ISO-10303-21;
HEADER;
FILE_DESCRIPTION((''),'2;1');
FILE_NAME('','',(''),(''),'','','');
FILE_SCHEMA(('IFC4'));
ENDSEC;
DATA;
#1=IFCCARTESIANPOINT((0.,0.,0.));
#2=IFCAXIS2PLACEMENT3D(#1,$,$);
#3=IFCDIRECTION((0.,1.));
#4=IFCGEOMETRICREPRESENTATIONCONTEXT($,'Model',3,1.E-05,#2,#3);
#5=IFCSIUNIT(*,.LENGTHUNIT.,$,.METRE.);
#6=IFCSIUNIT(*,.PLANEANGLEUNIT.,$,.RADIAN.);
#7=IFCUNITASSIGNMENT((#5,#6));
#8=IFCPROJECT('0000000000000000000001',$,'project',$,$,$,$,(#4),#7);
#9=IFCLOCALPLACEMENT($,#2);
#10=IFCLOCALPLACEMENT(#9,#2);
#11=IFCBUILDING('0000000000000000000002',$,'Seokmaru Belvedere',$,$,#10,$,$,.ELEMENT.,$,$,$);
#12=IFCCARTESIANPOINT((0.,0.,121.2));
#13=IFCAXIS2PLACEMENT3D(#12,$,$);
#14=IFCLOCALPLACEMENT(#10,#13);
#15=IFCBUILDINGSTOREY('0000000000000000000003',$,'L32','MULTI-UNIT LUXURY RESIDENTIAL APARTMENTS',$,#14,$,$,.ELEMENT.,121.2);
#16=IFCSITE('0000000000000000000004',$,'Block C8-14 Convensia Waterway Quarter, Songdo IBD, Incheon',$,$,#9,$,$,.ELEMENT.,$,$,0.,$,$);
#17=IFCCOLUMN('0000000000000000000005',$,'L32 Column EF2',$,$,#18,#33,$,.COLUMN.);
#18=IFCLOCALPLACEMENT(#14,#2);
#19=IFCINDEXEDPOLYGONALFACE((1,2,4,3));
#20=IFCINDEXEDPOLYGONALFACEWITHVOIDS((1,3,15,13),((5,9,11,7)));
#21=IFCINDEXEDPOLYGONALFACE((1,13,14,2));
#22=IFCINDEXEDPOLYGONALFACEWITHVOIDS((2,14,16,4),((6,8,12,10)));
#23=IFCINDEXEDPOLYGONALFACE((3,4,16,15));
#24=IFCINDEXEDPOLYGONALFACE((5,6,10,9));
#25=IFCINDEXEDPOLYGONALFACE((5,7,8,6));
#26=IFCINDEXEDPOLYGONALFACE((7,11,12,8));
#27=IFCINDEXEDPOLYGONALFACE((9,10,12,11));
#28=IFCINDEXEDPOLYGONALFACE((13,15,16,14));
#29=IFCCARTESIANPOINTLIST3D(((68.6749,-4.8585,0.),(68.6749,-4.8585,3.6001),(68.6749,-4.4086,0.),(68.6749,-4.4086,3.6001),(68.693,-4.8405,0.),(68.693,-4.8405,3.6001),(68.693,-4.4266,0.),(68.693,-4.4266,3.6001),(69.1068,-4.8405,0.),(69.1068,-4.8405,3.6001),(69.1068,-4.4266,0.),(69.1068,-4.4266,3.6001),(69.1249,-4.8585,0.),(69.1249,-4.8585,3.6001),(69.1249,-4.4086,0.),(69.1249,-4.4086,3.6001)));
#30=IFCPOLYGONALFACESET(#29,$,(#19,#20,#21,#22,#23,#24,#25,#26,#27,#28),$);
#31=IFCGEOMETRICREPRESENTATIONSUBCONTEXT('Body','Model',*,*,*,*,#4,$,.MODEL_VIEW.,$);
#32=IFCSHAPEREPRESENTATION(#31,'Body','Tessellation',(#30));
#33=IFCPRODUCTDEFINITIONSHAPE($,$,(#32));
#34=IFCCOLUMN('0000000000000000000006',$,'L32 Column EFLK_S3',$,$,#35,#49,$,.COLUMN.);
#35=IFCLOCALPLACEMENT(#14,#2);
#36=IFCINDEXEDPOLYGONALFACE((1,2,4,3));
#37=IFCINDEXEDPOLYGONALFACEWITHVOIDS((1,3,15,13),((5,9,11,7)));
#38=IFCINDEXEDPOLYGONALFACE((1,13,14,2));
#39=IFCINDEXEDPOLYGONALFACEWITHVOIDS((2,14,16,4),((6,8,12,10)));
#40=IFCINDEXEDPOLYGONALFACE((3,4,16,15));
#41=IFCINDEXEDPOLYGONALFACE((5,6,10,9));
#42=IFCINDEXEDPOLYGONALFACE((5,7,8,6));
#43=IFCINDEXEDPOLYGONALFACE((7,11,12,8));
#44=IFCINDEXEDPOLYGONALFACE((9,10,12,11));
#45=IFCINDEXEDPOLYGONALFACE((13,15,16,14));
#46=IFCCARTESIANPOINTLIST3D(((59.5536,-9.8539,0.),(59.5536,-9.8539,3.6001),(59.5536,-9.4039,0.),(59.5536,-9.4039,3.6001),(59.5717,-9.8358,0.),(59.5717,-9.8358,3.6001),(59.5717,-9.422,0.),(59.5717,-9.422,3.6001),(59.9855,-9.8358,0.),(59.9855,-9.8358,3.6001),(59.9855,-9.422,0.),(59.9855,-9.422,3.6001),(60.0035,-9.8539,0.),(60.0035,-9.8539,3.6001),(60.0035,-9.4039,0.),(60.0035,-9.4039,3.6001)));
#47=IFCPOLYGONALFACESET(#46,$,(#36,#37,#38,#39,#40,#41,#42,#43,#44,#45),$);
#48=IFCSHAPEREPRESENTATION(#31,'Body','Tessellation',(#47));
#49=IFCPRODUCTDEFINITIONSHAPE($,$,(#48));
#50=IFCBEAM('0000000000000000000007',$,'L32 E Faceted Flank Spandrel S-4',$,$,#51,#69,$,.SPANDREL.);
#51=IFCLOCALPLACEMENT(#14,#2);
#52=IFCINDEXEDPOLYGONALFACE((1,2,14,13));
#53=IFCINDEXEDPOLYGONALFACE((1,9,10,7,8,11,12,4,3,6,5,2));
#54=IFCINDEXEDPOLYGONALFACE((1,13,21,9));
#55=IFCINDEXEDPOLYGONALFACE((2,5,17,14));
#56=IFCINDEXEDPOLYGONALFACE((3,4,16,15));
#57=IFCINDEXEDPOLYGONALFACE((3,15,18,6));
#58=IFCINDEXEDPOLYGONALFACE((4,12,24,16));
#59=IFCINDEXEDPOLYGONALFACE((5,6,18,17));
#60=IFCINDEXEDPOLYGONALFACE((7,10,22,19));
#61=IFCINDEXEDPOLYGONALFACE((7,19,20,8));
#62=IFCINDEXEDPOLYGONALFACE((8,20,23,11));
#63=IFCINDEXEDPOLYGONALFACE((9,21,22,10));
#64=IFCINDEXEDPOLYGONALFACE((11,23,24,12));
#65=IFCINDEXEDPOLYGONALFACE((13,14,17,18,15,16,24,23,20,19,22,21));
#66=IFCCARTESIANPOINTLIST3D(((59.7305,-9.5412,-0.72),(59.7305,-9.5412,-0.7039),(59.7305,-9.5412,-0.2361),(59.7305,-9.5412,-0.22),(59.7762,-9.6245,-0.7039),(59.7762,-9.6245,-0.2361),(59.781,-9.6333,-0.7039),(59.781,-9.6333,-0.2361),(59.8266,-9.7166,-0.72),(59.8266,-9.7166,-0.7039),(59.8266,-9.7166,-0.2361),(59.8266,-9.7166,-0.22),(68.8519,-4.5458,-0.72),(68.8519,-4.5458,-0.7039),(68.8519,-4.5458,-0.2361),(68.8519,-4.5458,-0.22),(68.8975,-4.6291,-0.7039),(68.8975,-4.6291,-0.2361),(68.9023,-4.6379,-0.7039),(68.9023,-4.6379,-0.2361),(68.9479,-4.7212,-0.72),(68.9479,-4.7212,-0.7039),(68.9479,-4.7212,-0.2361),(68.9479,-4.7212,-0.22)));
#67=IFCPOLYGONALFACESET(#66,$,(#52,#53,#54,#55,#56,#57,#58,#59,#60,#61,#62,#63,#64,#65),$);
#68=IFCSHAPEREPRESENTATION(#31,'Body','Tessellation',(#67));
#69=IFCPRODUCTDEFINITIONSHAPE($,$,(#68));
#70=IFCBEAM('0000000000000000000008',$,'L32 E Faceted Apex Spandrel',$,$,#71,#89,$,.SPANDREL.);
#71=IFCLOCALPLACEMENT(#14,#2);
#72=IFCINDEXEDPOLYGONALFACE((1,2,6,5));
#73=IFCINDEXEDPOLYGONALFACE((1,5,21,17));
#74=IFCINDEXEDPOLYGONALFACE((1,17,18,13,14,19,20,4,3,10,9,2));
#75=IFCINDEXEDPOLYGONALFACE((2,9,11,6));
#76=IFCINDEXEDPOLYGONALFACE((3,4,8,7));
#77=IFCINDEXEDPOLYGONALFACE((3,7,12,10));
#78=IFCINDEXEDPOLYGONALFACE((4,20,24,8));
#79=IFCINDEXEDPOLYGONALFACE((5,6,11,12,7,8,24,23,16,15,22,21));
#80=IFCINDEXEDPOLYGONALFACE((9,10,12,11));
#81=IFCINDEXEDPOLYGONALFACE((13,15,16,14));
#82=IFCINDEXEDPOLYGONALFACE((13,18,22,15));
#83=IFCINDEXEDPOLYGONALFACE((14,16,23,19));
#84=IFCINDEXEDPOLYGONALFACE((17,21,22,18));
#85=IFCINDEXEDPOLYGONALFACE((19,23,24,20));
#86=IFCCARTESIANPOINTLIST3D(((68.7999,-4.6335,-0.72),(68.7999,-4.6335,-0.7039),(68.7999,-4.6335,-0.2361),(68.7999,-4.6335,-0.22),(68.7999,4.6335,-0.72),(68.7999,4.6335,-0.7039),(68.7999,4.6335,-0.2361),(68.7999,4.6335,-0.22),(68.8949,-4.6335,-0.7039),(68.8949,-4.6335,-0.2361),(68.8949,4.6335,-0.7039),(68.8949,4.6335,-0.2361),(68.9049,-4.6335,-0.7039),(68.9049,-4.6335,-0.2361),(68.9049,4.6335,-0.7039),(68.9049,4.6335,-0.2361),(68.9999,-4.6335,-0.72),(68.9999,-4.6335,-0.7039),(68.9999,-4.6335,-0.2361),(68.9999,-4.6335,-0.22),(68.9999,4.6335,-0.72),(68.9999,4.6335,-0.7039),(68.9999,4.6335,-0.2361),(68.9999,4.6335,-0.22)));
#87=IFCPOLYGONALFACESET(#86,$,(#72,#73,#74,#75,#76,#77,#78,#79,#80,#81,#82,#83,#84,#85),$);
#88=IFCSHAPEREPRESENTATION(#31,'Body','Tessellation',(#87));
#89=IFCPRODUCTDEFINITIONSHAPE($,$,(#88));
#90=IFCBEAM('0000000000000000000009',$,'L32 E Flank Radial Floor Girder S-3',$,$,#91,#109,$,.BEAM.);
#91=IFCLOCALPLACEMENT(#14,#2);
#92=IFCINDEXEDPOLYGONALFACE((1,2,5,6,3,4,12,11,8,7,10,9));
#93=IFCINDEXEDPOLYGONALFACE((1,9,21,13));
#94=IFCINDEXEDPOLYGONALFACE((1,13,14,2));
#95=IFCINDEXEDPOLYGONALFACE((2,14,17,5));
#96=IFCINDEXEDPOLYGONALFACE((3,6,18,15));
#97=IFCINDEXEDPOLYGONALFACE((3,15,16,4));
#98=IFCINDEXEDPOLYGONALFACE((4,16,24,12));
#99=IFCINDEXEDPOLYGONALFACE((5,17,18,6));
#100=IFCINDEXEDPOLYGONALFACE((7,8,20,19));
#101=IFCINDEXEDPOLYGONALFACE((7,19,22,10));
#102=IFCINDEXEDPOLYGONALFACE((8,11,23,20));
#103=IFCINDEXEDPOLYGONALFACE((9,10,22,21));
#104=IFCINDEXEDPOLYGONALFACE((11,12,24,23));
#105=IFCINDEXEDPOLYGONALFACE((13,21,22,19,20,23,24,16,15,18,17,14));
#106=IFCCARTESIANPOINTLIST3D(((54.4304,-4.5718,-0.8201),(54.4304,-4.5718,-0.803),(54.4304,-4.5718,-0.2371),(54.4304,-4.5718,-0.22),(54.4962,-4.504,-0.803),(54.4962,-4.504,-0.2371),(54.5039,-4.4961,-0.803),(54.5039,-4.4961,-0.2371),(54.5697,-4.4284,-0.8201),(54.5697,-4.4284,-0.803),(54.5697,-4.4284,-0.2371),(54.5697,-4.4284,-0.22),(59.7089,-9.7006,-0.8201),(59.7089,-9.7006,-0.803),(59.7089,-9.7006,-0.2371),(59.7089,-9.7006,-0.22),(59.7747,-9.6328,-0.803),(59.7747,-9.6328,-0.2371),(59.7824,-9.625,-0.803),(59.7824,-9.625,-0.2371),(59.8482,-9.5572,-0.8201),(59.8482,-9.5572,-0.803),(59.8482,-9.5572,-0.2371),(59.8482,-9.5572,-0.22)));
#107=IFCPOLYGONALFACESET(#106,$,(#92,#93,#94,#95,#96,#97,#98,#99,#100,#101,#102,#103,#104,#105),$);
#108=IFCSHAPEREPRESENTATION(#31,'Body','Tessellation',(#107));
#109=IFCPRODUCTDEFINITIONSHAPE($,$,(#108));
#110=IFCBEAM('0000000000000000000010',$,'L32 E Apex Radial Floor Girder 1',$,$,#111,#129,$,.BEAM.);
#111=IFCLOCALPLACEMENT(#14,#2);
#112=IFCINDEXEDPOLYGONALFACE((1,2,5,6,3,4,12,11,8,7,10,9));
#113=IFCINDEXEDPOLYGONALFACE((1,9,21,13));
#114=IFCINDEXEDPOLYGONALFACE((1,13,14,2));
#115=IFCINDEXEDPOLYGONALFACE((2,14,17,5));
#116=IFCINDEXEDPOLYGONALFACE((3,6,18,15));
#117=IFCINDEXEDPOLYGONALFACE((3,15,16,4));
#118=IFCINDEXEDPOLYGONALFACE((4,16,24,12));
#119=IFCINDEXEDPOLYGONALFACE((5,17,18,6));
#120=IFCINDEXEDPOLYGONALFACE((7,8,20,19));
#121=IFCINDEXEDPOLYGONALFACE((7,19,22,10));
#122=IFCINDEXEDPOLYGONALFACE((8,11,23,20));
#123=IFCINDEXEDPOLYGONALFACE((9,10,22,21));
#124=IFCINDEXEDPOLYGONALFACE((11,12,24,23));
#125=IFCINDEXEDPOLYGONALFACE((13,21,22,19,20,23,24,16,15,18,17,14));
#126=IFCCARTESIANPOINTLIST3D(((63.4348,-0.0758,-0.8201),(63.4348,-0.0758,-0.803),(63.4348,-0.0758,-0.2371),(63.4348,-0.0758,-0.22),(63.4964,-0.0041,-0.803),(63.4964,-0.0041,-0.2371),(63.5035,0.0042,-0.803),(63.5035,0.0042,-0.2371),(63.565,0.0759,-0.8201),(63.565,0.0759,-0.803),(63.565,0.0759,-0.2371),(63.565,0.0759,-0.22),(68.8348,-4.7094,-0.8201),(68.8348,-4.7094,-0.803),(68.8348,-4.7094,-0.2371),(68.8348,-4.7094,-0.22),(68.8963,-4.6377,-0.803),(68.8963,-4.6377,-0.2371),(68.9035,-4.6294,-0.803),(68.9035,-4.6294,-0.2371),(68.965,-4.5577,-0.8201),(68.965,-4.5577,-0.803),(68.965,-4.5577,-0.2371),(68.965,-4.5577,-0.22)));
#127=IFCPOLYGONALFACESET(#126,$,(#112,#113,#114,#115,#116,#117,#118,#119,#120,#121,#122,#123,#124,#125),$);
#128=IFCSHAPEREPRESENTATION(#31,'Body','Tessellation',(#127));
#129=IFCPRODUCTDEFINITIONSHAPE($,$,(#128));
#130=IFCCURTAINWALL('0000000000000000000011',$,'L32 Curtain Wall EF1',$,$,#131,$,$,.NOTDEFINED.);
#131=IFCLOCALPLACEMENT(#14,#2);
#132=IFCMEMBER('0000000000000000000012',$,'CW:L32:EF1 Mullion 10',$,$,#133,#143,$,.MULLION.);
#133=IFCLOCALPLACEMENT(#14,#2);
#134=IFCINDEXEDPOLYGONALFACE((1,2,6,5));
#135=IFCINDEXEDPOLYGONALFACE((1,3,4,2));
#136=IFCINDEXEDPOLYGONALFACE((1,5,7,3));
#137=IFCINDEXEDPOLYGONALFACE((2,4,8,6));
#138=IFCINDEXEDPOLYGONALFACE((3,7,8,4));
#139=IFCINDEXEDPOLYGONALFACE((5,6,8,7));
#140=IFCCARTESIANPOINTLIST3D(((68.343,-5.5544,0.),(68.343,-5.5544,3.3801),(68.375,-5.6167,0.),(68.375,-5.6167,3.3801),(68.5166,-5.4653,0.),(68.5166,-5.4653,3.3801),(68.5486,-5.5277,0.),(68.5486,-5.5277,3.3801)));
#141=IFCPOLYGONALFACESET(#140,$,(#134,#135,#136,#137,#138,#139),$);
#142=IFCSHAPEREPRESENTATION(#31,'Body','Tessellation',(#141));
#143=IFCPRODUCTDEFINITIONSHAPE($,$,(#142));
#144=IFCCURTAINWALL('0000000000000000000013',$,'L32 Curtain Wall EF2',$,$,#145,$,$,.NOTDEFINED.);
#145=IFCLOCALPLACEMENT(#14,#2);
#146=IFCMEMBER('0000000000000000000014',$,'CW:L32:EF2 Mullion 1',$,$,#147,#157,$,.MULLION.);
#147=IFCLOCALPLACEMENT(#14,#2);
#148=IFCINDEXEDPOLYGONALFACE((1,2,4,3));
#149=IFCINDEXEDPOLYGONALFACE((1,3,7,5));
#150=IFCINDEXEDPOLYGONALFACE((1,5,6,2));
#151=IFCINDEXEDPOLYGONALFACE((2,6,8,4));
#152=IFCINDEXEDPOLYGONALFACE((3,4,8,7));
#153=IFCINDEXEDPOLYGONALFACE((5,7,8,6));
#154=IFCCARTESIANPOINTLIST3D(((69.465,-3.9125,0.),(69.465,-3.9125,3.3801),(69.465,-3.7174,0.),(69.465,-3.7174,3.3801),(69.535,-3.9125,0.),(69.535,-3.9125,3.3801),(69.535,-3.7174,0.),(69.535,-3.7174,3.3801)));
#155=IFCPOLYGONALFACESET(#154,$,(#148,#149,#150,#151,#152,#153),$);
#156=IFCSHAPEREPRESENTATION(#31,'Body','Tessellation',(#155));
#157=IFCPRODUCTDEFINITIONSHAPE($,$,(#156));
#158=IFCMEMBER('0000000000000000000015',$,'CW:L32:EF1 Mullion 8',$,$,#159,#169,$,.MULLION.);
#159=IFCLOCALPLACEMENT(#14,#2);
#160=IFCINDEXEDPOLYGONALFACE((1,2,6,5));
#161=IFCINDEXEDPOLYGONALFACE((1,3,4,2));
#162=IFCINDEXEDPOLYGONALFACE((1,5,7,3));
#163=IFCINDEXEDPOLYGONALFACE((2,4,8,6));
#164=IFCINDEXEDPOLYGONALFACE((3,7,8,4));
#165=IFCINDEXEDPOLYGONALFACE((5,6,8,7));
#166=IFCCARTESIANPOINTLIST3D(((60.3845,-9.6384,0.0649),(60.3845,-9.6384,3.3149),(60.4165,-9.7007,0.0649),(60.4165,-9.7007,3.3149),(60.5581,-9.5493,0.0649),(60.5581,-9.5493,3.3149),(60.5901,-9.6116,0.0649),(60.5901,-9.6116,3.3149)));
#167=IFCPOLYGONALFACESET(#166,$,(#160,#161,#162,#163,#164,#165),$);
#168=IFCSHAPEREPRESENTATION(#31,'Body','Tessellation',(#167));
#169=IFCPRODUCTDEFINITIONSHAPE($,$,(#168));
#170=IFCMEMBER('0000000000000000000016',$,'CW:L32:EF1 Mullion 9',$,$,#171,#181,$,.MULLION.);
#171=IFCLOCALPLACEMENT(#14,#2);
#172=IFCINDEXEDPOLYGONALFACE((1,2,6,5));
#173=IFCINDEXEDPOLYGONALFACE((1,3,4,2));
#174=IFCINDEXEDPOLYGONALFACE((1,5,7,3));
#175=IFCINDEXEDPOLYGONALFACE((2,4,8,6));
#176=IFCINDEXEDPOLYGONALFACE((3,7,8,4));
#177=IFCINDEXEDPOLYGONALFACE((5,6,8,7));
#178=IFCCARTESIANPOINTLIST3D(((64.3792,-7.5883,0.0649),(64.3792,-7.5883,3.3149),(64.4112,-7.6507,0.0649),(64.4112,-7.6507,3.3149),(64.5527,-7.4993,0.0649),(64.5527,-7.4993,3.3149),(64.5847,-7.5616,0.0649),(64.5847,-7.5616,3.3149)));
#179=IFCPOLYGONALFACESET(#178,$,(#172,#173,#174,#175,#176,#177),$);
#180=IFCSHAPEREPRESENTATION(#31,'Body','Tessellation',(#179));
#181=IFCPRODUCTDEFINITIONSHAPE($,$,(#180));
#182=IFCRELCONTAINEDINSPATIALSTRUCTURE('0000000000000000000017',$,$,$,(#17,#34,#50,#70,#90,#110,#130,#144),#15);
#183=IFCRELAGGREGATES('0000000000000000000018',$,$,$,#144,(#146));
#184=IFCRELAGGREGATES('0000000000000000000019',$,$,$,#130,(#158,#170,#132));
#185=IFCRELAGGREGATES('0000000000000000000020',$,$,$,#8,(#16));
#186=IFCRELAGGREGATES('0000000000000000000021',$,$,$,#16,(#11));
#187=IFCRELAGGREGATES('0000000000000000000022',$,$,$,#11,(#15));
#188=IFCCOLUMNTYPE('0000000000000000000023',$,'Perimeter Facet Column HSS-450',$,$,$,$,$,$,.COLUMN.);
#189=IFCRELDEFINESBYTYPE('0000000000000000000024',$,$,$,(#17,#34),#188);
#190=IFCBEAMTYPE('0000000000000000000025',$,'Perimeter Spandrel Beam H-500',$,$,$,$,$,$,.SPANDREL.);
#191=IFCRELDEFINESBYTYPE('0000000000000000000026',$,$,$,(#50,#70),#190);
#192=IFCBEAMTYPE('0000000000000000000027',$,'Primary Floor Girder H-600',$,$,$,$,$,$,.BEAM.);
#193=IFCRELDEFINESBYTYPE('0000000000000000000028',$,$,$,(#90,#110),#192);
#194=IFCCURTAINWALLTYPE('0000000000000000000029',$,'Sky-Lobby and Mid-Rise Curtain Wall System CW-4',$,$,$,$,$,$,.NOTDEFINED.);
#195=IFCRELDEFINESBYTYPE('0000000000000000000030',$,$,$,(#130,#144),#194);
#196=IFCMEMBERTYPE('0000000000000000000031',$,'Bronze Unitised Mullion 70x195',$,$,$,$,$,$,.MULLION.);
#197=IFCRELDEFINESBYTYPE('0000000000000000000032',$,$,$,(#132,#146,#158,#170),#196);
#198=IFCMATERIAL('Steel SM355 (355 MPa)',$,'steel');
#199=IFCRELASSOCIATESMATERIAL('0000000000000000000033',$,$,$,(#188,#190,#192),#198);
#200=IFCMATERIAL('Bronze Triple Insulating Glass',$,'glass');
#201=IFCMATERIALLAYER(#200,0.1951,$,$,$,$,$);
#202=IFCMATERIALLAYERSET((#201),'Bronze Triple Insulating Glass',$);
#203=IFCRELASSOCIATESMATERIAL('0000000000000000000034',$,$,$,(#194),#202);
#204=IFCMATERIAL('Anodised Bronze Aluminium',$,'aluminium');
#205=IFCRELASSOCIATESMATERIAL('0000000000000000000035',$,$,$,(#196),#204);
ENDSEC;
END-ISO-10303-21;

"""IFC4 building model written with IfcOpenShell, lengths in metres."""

from ifc_helpers import new_model, si_unit, direction, frame, origin, origin_2d, place, context, subcontext, project, spatial, rectangle, hollow_rectangle, i_section, extrude, source, transform, mapped, material, layer, layer_set, material_profile, profile_set, type_object, type_shapes, element, aggregate, save


model = new_model("IFC4")

# Units and contexts
model_context = context("Model", 3, precision=1e-05, world=origin(), true_north=direction((0.0, 1.0)))
body_context = subcontext(model_context, "Body", "Model", "MODEL_VIEW")
ifc_project = project(units=[si_unit("LENGTHUNIT", "METRE"), si_unit("PLANEANGLEUNIT", "RADIAN")], contexts=[model_context])

# Site, building, storey
site_placement = place(None, origin())
site = spatial("IfcSite", under=ifc_project, at=site_placement, Name="Block C8-14 Convensia Waterway Quarter, Songdo IBD, Incheon", CompositionType="ELEMENT", RefElevation=0.0)
building_placement = place(site_placement, origin())
building = spatial("IfcBuilding", under=site, at=building_placement, Name="Seokmaru Belvedere", CompositionType="ELEMENT")
storey_placement = place(building_placement, frame((0.0, 0.0, 121.2)))
storey = spatial("IfcBuildingStorey", under=building, at=storey_placement, Name="L32", Description="MULTI-UNIT LUXURY RESIDENTIAL APARTMENTS", CompositionType="ELEMENT", Elevation=121.2)

# Columns
ifc_material_1 = material(Name="Steel SM355 (355 MPa)", Category="steel")
ifc_material_profile_1 = material_profile(ifc_material_1, hollow_rectangle(XDim=0.45, YDim=0.45, WallThickness=0.0181, at=origin_2d()), Name="HSS-450x450x18")
ifc_profile_set_1 = profile_set([ifc_material_profile_1], Name="Steel SM355 (355 MPa)")
column_type = type_object("IfcColumnType", Name="Perimeter Facet Column HSS-450", PredefinedType="COLUMN", material=ifc_profile_set_1)
shared_shape_1 = source(origin(), body_context, "Body", "SweptSolid", [
    extrude(hollow_rectangle(XDim=0.45, YDim=0.45, WallThickness=0.0181, at=origin_2d()), origin(), (0.0, 0.0, 1.0), 3.6001),
])
type_shapes(column_type, [shared_shape_1])
for number, where, z_axis, x_axis, name in (
    (1, (68.8999, -4.6335, 0.0), (0.0, 0.0, 1.0), (1.0, 0.0, 0.0), "L32 Column EF2"),
    (2, (59.7786, -9.6289, 0.0), (0.0, 0.0, 1.0), (1.0, 0.0, 0.0), "L32 Column EFLK_S3"),
):
    element("IfcColumn", number, at=place(storey_placement, frame(where, z_axis=z_axis, x_axis=x_axis)), inside=storey, type_object=column_type, Name=name, PredefinedType="COLUMN", context=body_context, shape_type="MappedRepresentation", body=[
        mapped(shared_shape_1, transform((0.0, 0.0, 0.0), scale=1.0)),
    ])

# Beams
ifc_material_profile_2 = material_profile(ifc_material_1, i_section(OverallWidth=0.2, OverallDepth=0.5, WebThickness=0.01, FlangeThickness=0.0161, at=origin_2d()), Name="H-500x200x10x16")
ifc_profile_set_2 = profile_set([ifc_material_profile_2], Name="Steel SM355 (355 MPa)")
beam_type_1 = type_object("IfcBeamType", Name="Perimeter Spandrel Beam H-500", PredefinedType="SPANDREL", material=ifc_profile_set_2)
shared_shape_2 = source(origin(), body_context, "Body", "SweptSolid", [
    extrude(i_section(OverallWidth=0.2, OverallDepth=0.5, WebThickness=0.01, FlangeThickness=0.0161, at=origin_2d()), origin(), (0.0, 0.0, 1.0), 10.3997),
])
beam_1_placement = place(storey_placement, frame((59.7786, -9.6289, -0.47), z_axis=(0.877082, 0.48034, 0.0), x_axis=(-0.48034, 0.877082, 0.0)))
element("IfcBeam", 3, at=beam_1_placement, inside=storey, type_object=beam_type_1, Name="L32 E Faceted Flank Spandrel S-4", PredefinedType="SPANDREL", context=body_context, shape_type="MappedRepresentation", body=[
    mapped(shared_shape_2, transform((0.0, 0.0, 0.0), scale=1.0)),
])
shared_shape_3 = source(origin(), body_context, "Body", "SweptSolid", [
    extrude(i_section(OverallWidth=0.2, OverallDepth=0.5, WebThickness=0.01, FlangeThickness=0.0161, at=origin_2d()), origin(), (0.0, 0.0, 1.0), 9.2671),
])
type_shapes(beam_type_1, [shared_shape_2, shared_shape_3])
beam_2_placement = place(storey_placement, frame((68.8999, -4.6335, -0.47), z_axis=(0.0, 1.0, 0.0), x_axis=(-1.0, 0.0, 0.0)))
element("IfcBeam", 4, at=beam_2_placement, inside=storey, type_object=beam_type_1, Name="L32 E Faceted Apex Spandrel", PredefinedType="SPANDREL", context=body_context, shape_type="MappedRepresentation", body=[
    mapped(shared_shape_3, transform((0.0, 0.0, 0.0), scale=1.0)),
])
ifc_material_profile_3 = material_profile(ifc_material_1, i_section(OverallWidth=0.2, OverallDepth=0.6001, WebThickness=0.011, FlangeThickness=0.0171, at=origin_2d()), Name="H-600x200x11x17")
ifc_profile_set_3 = profile_set([ifc_material_profile_3], Name="Steel SM355 (355 MPa)")
beam_type_2 = type_object("IfcBeamType", Name="Primary Floor Girder H-600", PredefinedType="BEAM", material=ifc_profile_set_3)
shared_shape_4 = source(origin(), body_context, "Body", "SweptSolid", [
    extrude(i_section(OverallWidth=0.2, OverallDepth=0.6001, WebThickness=0.011, FlangeThickness=0.0171, at=origin_2d()), origin(), (0.0, 0.0, 1.0), 7.3599),
])
beam_3_placement = place(storey_placement, frame((59.7786, -9.6289, -0.52), z_axis=(-0.717201, 0.696867, 0.0), x_axis=(-0.696867, -0.717201, 0.0)))
element("IfcBeam", 5, at=beam_3_placement, inside=storey, type_object=beam_type_2, Name="L32 E Flank Radial Floor Girder S-3", PredefinedType="BEAM", context=body_context, shape_type="MappedRepresentation", body=[
    mapped(shared_shape_4, transform((0.0, 0.0, 0.0), scale=1.0)),
])
shared_shape_5 = source(origin(), body_context, "Body", "SweptSolid", [
    extrude(i_section(OverallWidth=0.2, OverallDepth=0.6001, WebThickness=0.011, FlangeThickness=0.0171, at=origin_2d()), origin(), (0.0, 0.0, 1.0), 7.1155),
])
type_shapes(beam_type_2, [shared_shape_4, shared_shape_5])
beam_4_placement = place(storey_placement, frame((68.8999, -4.6335, -0.52), z_axis=(-0.758905, 0.651201, 0.0), x_axis=(-0.651201, -0.758905, 0.0)))
element("IfcBeam", 6, at=beam_4_placement, inside=storey, type_object=beam_type_2, Name="L32 E Apex Radial Floor Girder 1", PredefinedType="BEAM", context=body_context, shape_type="MappedRepresentation", body=[
    mapped(shared_shape_5, transform((0.0, 0.0, 0.0), scale=1.0)),
])

# Curtain walls, members
ifc_material_2 = material(Name="Bronze Triple Insulating Glass", Category="glass")
ifc_layer_1 = layer(ifc_material_2, 0.1951)
ifc_layer_set_1 = layer_set([ifc_layer_1], Name="Bronze Triple Insulating Glass")
curtain_wall_type = type_object("IfcCurtainWallType", Name="Sky-Lobby and Mid-Rise Curtain Wall System CW-4", PredefinedType="NOTDEFINED", material=ifc_layer_set_1)
curtain_wall_1_placement = place(storey_placement, origin())
curtain_wall_1 = element("IfcCurtainWall", 7, at=curtain_wall_1_placement, inside=storey, type_object=curtain_wall_type, Name="L32 Curtain Wall EF1", PredefinedType="NOTDEFINED")
ifc_material_3 = material(Name="Anodised Bronze Aluminium", Category="aluminium")
ifc_material_profile_4 = material_profile(ifc_material_3, rectangle(XDim=0.0701, YDim=0.1951, at=origin_2d()), Name="CW-M-70x195")
ifc_profile_set_4 = profile_set([ifc_material_profile_4], Name="Anodised Bronze Aluminium")
member_type_1 = type_object("IfcMemberType", Name="Bronze Unitised Mullion 70x195", PredefinedType="MULLION", material=ifc_profile_set_4)
shared_shape_6 = source(origin(), body_context, "Body", "SweptSolid", [
    extrude(rectangle(XDim=0.0701, YDim=0.1951, at=origin_2d()), origin(), (0.0, 0.0, 1.0), 3.3801),
])
member_1_placement = place(storey_placement, frame((68.4458, -5.541, 0.0), z_axis=(0.0, 0.0, 1.0), x_axis=(-0.456555, 0.889695, 0.0)))
member_1 = element("IfcMember", 8, at=member_1_placement, type_object=member_type_1, Name="CW:L32:EF1 Mullion 10", PredefinedType="MULLION", context=body_context, shape_type="MappedRepresentation", body=[
    mapped(shared_shape_6, transform((0.0, 0.0, 0.0), scale=1.0)),
])
curtain_wall_2_placement = place(storey_placement, origin())
curtain_wall_2 = element("IfcCurtainWall", 9, at=curtain_wall_2_placement, inside=storey, type_object=curtain_wall_type, Name="L32 Curtain Wall EF2", PredefinedType="NOTDEFINED")
member_2_placement = place(storey_placement, frame((69.5, -3.8149, 0.0), z_axis=(0.0, 0.0, 1.0), x_axis=(-1.0, 0.0, 0.0)))
member_2 = element("IfcMember", 10, at=member_2_placement, type_object=member_type_1, Name="CW:L32:EF2 Mullion 1", PredefinedType="MULLION", context=body_context, shape_type="MappedRepresentation", body=[
    mapped(shared_shape_6, transform((0.0, 0.0, 0.0), scale=1.0)),
])

# Members
shared_shape_7 = source(origin(), body_context, "Body", "SweptSolid", [
    extrude(rectangle(XDim=0.0701, YDim=0.1951, at=origin_2d()), origin(), (0.0, 0.0, 1.0), 3.25),
])
type_shapes(member_type_1, [shared_shape_6, shared_shape_7])
member_3_placement = place(storey_placement, frame((60.4873, -9.625, 0.0649), z_axis=(0.0, 0.0, 1.0), x_axis=(-0.456555, 0.889695, 0.0)))
member_3 = element("IfcMember", 11, at=member_3_placement, type_object=member_type_1, Name="CW:L32:EF1 Mullion 8", PredefinedType="MULLION", context=body_context, shape_type="MappedRepresentation", body=[
    mapped(shared_shape_7, transform((0.0, 0.0, 0.0), scale=1.0)),
])
member_4_placement = place(storey_placement, frame((64.4819, -7.575, 0.0649), z_axis=(0.0, 0.0, 1.0), x_axis=(-0.456555, 0.889695, 0.0)))
member_4 = element("IfcMember", 12, at=member_4_placement, type_object=member_type_1, Name="CW:L32:EF1 Mullion 9", PredefinedType="MULLION", context=body_context, shape_type="MappedRepresentation", body=[
    mapped(shared_shape_7, transform((0.0, 0.0, 0.0), scale=1.0)),
])
aggregate(curtain_wall_2, [member_2])

aggregate(curtain_wall_1, [member_3, member_4, member_1])

save(model, "model.ifc")
